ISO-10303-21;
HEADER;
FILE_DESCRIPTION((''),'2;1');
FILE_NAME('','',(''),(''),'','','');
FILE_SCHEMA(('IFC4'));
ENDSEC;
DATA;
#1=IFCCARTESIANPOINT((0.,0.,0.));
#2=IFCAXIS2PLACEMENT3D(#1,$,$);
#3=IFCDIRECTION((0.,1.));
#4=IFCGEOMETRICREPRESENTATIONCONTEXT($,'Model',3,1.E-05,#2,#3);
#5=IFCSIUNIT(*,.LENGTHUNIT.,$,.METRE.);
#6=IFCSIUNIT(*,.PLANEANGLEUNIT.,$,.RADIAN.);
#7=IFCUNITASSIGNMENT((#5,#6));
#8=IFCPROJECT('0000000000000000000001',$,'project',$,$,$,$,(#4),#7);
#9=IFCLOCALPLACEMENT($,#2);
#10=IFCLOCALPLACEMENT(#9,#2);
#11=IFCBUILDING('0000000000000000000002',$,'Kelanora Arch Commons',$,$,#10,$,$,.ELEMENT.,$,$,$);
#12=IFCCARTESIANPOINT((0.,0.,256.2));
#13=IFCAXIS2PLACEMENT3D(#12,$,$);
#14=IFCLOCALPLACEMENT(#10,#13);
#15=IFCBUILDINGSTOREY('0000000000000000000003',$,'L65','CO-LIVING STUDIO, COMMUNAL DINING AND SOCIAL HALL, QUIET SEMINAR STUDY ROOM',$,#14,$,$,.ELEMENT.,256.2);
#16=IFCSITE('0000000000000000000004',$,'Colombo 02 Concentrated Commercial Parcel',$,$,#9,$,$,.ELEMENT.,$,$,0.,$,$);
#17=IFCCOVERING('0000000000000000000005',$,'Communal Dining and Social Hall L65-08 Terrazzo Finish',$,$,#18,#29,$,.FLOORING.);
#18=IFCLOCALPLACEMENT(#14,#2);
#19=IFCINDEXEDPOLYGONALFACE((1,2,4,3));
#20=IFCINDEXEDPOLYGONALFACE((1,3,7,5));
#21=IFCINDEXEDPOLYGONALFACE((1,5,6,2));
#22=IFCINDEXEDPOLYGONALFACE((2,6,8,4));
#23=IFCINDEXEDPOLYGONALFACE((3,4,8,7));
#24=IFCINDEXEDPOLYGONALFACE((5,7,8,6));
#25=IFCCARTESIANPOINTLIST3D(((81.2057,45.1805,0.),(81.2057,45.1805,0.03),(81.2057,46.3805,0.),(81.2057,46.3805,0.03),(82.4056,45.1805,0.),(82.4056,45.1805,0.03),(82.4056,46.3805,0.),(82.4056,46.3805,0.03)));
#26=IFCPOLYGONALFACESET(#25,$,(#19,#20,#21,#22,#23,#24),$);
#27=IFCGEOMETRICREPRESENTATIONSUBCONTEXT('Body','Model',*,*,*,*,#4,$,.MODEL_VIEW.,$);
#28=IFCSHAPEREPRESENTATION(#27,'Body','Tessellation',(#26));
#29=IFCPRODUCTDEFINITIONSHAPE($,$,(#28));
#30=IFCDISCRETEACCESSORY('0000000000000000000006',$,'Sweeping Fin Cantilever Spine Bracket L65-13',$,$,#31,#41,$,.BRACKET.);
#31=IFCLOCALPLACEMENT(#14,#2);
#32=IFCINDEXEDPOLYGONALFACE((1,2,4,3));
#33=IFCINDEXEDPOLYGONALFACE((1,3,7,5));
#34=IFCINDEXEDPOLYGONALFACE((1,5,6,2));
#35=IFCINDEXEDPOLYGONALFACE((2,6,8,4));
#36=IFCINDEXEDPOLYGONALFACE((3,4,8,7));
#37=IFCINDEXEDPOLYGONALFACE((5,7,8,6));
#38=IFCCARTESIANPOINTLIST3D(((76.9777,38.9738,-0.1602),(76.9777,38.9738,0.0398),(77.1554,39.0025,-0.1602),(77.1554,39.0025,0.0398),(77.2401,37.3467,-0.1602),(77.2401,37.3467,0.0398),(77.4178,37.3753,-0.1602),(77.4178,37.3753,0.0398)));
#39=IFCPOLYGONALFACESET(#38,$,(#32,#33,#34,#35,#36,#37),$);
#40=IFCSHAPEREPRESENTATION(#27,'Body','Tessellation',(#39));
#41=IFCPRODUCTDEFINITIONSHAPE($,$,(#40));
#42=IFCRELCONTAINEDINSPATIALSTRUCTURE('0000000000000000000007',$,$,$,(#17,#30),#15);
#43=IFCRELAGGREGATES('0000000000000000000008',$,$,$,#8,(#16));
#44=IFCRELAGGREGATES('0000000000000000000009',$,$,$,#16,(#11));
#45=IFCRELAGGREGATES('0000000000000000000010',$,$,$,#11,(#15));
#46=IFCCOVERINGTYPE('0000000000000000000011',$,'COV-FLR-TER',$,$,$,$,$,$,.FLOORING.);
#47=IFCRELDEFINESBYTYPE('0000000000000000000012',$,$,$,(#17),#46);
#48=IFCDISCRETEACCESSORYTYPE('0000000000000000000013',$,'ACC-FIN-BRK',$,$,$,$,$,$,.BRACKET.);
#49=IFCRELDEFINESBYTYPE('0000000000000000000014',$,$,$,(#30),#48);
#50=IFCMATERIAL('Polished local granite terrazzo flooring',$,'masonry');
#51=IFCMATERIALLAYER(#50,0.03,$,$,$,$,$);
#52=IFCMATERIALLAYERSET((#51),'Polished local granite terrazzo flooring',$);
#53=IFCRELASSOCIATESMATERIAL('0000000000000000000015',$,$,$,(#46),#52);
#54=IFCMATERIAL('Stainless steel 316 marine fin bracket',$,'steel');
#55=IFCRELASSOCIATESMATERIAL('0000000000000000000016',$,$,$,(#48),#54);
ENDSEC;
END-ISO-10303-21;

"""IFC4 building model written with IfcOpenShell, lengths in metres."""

from ifc_helpers import new_model, si_unit, direction, frame, origin, origin_2d, place, context, subcontext, project, spatial, rectangle, extrude, source, transform, mapped, material, layer, layer_set, type_object, element, save


model = new_model("IFC4")

# Units and contexts
model_context = context("Model", 3, precision=1e-05, world=origin(), true_north=direction((0.0, 1.0)))
body_context = subcontext(model_context, "Body", "Model", "MODEL_VIEW")
ifc_project = project(units=[si_unit("LENGTHUNIT", "METRE"), si_unit("PLANEANGLEUNIT", "RADIAN")], contexts=[model_context])

# Site, building, storey
site_placement = place(None, origin())
site = spatial("IfcSite", under=ifc_project, at=site_placement, Name="Colombo 02 Concentrated Commercial Parcel", CompositionType="ELEMENT", RefElevation=0.0)
building_placement = place(site_placement, origin())
building = spatial("IfcBuilding", under=site, at=building_placement, Name="Kelanora Arch Commons", CompositionType="ELEMENT")
storey_placement = place(building_placement, frame((0.0, 0.0, 256.2)))
storey = spatial("IfcBuildingStorey", under=building, at=storey_placement, Name="L65", Description="CO-LIVING STUDIO, COMMUNAL DINING AND SOCIAL HALL, QUIET SEMINAR STUDY ROOM", CompositionType="ELEMENT", Elevation=256.2)

# Covering
ifc_material_1 = material(Name="Polished local granite terrazzo flooring", Category="masonry")
ifc_layer_1 = layer(ifc_material_1, 0.03)
ifc_layer_set_1 = layer_set([ifc_layer_1], Name="Polished local granite terrazzo flooring")
covering_type = type_object("IfcCoveringType", Name="COV-FLR-TER", PredefinedType="FLOORING", material=ifc_layer_set_1)
shared_shape_1 = source(origin(), body_context, "Body", "SweptSolid", [
    extrude(rectangle(XDim=1.2, YDim=1.2, at=origin_2d()), origin(), (0.0, 0.0, 1.0), 0.03),
])
covering_placement = place(storey_placement, frame((81.8057, 45.7805, 0.0), z_axis=(0.0, 0.0, 1.0), x_axis=(1.0, 0.0, 0.0)))
element("IfcCovering", 1, at=covering_placement, inside=storey, type_object=covering_type, Name="Communal Dining and Social Hall L65-08 Terrazzo Finish", PredefinedType="FLOORING", context=body_context, shape_type="MappedRepresentation", body=[
    mapped(shared_shape_1, transform((0.0, 0.0, 0.0), scale=1.0)),
])

# Discrete accessory
ifc_material_2 = material(Name="Stainless steel 316 marine fin bracket", Category="steel")
discrete_accessory_type = type_object("IfcDiscreteAccessoryType", Name="ACC-FIN-BRK", PredefinedType="BRACKET", material=ifc_material_2)
shared_shape_2 = source(origin(), body_context, "Body", "SweptSolid", [
    extrude(rectangle(XDim=1.6482, YDim=0.1799, at=origin_2d()), origin(), (0.0, 0.0, 1.0), 0.2),
])
discrete_accessory_placement = place(storey_placement, frame((77.1978, 38.1746, -0.1602), z_axis=(0.0, 0.0, 1.0), x_axis=(0.159192, -0.987248, 0.0)))
element("IfcDiscreteAccessory", 2, at=discrete_accessory_placement, inside=storey, type_object=discrete_accessory_type, Name="Sweeping Fin Cantilever Spine Bracket L65-13", PredefinedType="BRACKET", context=body_context, shape_type="MappedRepresentation", body=[
    mapped(shared_shape_2, transform((0.0, 0.0, 0.0), scale=1.0)),
])

save(model, "model.ifc")
